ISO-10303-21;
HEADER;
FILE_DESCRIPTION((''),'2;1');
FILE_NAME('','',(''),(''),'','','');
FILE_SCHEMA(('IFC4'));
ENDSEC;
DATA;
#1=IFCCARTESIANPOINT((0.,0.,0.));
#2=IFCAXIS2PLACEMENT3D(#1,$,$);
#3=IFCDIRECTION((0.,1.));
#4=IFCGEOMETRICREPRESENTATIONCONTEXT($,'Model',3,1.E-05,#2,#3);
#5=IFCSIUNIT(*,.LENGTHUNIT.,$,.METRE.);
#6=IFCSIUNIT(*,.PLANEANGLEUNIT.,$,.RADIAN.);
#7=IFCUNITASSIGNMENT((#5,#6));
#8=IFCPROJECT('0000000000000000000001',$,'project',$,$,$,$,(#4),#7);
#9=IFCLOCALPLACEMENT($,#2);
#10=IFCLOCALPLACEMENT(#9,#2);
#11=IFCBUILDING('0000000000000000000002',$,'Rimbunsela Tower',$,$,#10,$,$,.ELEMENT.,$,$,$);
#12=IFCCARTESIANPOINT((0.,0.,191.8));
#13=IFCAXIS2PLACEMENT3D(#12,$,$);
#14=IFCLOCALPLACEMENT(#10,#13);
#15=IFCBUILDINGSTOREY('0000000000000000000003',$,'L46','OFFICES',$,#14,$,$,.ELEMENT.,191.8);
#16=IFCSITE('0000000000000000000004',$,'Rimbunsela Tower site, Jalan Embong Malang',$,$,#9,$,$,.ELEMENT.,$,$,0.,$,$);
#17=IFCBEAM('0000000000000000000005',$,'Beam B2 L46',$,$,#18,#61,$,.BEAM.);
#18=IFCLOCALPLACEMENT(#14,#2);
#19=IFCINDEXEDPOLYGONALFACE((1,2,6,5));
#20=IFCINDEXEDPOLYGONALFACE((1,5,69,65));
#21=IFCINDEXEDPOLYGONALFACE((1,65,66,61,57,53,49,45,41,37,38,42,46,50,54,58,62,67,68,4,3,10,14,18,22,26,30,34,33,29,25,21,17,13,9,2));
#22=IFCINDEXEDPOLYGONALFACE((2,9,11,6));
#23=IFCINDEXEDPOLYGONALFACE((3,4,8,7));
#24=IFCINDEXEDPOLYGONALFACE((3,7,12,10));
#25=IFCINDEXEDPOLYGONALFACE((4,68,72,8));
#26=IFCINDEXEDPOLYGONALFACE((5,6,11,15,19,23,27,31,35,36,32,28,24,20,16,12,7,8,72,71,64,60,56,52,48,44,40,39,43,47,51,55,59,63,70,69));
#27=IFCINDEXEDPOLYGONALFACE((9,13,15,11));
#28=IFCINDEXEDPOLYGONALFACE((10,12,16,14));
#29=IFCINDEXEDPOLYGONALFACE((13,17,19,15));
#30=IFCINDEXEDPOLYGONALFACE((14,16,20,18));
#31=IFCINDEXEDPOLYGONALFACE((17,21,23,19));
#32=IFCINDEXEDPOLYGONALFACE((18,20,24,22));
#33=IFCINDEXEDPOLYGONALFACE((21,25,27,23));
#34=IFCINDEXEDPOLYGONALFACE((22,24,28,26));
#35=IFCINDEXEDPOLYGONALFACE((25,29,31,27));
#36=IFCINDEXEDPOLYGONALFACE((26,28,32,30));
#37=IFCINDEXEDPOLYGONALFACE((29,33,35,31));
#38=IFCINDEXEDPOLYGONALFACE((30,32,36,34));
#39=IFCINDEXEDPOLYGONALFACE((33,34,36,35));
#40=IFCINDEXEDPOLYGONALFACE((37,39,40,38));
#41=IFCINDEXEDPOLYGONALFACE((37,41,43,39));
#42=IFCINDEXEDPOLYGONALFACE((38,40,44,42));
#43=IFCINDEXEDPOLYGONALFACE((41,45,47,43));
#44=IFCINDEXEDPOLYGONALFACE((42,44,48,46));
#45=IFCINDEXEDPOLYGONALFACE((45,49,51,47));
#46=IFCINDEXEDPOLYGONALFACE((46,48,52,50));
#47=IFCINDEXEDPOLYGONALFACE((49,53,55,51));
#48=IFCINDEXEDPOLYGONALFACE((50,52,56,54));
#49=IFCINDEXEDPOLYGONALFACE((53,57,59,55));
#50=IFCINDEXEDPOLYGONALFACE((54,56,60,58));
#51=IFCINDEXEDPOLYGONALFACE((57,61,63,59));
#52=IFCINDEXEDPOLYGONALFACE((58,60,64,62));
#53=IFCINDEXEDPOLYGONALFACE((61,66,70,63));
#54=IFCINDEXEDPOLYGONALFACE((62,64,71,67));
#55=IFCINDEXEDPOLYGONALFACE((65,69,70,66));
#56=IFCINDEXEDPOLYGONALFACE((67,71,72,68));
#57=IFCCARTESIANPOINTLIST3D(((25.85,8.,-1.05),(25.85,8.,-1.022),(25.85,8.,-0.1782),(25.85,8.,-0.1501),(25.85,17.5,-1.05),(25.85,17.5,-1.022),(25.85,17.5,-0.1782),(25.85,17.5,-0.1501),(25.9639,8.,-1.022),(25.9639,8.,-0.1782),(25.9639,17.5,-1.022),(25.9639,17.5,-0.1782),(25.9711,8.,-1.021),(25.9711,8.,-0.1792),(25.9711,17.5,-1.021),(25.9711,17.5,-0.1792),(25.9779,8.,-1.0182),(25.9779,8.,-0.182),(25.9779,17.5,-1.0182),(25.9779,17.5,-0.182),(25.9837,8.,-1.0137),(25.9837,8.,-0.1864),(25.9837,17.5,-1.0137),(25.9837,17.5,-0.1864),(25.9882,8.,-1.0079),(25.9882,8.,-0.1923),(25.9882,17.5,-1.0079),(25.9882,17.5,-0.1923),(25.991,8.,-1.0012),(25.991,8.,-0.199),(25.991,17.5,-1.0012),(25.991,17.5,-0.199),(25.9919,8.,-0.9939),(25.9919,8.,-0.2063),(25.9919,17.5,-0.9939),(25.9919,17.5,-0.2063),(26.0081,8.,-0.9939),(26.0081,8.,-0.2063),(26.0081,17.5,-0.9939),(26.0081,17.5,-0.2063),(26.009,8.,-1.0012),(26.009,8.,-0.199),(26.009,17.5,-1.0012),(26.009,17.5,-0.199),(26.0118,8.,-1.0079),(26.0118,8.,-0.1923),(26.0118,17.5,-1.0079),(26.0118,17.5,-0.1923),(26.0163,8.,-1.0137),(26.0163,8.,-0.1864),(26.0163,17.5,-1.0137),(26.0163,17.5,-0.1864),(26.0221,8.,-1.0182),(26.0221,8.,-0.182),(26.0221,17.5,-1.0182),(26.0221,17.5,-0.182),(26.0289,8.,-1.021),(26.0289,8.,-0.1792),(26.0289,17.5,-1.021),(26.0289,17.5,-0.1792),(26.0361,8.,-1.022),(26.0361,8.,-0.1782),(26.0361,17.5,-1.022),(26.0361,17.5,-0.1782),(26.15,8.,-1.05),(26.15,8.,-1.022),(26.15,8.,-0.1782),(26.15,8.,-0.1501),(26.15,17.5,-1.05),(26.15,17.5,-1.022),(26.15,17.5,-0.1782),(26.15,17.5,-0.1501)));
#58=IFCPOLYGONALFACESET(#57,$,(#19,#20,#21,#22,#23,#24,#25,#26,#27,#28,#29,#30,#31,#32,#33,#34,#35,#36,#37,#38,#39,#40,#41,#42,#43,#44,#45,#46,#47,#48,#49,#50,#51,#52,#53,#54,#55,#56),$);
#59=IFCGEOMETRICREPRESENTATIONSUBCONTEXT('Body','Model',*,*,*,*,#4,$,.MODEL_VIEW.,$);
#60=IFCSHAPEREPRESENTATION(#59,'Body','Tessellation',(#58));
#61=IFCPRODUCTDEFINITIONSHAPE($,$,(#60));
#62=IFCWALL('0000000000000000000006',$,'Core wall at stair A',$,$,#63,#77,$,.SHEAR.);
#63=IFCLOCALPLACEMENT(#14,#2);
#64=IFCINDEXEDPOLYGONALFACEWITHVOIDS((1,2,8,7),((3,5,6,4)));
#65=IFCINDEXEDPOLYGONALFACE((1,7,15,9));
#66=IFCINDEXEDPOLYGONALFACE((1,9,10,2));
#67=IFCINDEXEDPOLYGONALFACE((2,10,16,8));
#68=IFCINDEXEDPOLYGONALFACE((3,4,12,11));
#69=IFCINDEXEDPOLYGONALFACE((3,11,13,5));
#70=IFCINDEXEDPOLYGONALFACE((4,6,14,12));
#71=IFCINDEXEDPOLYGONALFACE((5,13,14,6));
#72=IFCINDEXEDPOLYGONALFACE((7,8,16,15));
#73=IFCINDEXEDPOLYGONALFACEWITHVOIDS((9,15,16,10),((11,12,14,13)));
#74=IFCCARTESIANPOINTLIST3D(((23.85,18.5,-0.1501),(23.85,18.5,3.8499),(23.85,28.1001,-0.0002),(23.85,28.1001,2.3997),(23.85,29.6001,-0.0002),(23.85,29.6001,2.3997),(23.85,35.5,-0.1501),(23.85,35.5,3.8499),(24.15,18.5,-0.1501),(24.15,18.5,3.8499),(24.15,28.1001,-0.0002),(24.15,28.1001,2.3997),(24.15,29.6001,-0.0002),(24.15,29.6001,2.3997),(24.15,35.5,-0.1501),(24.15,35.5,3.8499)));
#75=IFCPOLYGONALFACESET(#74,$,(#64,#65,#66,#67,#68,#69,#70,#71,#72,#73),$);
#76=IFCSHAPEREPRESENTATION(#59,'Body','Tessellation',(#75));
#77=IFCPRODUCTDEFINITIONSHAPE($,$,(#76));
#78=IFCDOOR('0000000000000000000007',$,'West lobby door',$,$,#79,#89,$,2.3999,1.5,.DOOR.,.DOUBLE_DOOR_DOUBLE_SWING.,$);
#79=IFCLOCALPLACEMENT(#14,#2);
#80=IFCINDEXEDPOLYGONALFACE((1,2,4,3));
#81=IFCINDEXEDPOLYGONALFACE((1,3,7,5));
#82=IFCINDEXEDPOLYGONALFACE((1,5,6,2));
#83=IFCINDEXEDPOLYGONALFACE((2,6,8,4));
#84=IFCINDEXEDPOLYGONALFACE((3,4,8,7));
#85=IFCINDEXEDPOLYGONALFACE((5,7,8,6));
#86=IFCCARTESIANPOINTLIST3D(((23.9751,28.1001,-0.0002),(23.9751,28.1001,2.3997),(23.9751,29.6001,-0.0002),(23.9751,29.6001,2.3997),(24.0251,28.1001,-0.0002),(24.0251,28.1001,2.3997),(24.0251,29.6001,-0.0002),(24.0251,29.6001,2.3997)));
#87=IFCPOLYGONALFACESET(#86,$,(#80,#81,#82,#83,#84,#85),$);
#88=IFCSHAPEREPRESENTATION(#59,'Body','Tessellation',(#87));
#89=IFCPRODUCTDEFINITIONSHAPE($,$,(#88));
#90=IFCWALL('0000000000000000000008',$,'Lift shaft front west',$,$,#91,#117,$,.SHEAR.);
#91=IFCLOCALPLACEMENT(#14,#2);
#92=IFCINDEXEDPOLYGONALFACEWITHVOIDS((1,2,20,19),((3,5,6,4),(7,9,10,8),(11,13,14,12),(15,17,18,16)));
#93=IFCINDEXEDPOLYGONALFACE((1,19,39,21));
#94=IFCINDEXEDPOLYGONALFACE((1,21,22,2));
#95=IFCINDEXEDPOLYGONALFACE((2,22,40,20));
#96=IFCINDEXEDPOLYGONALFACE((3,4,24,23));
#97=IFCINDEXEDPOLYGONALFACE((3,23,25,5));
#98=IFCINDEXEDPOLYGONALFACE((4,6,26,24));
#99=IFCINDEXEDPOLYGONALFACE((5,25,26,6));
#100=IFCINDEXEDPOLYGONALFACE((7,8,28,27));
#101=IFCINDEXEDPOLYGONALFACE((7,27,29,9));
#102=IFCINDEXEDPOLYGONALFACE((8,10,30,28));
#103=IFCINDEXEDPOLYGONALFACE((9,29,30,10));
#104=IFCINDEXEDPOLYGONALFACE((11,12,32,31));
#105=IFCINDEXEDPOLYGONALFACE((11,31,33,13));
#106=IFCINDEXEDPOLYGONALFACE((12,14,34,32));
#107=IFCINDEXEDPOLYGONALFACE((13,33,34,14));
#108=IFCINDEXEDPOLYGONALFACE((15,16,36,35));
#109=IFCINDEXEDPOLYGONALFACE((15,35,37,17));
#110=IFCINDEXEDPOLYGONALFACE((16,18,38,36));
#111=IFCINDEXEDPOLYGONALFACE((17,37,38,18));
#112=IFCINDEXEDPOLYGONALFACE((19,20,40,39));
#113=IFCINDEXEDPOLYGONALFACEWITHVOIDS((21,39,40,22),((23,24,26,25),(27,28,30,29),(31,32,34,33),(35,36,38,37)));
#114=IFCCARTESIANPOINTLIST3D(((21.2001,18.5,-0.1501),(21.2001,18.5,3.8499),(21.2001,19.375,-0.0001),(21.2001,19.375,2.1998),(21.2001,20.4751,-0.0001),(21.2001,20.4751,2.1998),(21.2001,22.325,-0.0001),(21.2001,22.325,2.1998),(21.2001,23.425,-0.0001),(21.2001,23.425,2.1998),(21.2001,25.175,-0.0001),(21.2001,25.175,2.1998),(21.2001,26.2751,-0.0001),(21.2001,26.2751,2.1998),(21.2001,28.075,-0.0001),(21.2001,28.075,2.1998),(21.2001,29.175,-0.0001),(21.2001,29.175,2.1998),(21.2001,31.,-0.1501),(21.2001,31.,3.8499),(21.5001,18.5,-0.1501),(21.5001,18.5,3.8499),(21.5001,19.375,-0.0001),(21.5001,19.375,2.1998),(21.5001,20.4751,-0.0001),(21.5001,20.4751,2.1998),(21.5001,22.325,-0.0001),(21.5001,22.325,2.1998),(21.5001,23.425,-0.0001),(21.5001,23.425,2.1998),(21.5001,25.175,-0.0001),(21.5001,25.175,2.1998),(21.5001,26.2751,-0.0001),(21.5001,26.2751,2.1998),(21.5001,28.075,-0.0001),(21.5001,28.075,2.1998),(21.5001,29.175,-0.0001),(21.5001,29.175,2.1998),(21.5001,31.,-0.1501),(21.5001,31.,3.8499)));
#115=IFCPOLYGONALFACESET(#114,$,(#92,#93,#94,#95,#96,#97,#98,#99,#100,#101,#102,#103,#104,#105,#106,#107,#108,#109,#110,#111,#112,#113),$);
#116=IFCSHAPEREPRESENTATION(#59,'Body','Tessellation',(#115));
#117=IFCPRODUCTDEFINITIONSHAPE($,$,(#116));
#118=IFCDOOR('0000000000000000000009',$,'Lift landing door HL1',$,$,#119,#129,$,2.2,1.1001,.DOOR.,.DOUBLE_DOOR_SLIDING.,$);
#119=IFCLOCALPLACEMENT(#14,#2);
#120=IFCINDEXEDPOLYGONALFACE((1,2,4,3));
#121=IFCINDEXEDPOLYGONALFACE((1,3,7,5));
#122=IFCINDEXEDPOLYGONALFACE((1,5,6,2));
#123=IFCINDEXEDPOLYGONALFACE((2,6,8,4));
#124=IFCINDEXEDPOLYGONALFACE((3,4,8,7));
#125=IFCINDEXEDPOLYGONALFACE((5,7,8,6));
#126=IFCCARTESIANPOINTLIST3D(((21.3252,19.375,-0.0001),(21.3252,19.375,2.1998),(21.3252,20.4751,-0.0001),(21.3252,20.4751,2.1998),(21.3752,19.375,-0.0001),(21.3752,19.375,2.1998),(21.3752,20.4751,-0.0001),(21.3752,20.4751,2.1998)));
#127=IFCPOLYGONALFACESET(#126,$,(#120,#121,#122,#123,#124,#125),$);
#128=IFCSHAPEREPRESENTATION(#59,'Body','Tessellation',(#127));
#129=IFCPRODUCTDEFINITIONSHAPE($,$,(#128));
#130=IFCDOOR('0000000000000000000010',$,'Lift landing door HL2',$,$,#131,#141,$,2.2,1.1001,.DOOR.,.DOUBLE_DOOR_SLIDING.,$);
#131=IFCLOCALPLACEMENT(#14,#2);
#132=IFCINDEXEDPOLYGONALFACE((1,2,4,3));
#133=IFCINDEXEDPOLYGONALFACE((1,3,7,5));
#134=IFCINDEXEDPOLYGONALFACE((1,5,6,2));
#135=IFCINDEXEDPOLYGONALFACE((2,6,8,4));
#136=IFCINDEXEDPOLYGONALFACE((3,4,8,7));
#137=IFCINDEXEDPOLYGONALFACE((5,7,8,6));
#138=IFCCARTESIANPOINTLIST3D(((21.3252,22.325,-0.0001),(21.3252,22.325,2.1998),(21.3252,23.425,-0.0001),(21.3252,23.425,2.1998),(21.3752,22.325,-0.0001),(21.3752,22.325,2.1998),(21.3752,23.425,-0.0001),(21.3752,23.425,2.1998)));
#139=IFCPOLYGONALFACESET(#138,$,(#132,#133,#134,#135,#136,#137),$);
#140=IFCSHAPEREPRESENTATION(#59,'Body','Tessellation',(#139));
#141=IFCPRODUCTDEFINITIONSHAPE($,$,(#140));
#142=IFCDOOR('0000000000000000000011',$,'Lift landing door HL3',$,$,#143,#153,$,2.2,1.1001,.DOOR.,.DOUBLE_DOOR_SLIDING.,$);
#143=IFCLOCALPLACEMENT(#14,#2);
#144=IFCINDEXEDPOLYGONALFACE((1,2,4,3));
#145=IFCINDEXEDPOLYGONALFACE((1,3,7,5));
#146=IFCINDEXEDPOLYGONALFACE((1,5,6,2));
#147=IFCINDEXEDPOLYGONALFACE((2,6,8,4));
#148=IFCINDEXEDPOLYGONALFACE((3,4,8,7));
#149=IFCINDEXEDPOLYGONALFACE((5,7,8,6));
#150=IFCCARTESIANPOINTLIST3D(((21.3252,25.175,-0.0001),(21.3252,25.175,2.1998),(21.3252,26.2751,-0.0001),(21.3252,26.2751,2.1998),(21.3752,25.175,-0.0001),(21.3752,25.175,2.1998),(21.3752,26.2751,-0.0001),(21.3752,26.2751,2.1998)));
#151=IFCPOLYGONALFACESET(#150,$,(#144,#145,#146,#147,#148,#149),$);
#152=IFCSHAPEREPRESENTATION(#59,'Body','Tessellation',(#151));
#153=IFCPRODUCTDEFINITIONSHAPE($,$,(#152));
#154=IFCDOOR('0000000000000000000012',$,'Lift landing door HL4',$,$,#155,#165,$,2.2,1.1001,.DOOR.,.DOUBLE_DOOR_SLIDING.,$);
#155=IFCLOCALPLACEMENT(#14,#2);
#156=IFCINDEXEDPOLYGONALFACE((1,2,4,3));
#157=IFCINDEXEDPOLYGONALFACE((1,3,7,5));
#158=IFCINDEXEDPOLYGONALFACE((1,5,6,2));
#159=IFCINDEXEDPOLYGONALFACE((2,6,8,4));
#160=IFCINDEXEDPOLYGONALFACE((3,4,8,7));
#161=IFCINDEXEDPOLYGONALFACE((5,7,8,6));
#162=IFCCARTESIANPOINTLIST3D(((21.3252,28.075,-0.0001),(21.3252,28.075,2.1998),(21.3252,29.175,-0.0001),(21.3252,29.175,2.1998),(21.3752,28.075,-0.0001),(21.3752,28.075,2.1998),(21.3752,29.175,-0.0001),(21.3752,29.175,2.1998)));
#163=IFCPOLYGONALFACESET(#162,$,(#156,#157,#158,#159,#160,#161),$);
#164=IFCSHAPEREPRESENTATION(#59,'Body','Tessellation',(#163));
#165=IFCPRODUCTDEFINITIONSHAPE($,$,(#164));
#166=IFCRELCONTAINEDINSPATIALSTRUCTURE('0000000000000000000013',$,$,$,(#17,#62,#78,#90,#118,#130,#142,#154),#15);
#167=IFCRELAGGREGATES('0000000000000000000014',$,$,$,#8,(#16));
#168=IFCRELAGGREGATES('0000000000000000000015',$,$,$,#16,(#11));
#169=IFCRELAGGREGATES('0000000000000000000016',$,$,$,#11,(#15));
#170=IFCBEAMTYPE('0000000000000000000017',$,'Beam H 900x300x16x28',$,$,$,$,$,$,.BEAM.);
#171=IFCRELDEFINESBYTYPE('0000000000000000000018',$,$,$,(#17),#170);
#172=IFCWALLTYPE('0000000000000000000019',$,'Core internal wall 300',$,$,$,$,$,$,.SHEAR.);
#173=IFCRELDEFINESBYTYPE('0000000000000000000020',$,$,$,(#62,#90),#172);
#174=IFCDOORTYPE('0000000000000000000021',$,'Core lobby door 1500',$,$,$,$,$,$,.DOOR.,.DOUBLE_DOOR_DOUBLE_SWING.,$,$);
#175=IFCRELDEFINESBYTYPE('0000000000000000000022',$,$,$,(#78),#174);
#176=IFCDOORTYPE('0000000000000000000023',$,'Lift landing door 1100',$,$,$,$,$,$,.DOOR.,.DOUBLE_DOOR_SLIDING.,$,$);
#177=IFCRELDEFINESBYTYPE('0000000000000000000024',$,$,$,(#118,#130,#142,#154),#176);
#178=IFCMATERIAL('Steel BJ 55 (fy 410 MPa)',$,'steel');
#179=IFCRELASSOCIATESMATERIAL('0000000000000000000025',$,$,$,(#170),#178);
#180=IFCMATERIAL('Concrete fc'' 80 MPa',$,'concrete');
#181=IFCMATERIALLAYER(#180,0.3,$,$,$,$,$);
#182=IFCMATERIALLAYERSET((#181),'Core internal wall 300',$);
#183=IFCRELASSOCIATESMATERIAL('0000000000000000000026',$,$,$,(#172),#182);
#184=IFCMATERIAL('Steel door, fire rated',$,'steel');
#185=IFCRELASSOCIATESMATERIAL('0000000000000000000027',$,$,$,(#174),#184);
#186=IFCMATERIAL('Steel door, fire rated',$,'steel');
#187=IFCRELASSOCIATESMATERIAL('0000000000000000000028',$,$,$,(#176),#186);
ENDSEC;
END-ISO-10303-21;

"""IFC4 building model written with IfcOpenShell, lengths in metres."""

from ifc_helpers import new_model, si_unit, direction, frame, frame_2d, origin, origin_2d, place, context, subcontext, project, spatial, rectangle, i_section, extrude, material, layer, layer_set, material_profile, profile_set, type_object, element, fill, save


model = new_model("IFC4")

# Units and contexts
model_context = context("Model", 3, precision=1e-05, world=origin(), true_north=direction((0.0, 1.0)))
body_context = subcontext(model_context, "Body", "Model", "MODEL_VIEW")
ifc_project = project(units=[si_unit("LENGTHUNIT", "METRE"), si_unit("PLANEANGLEUNIT", "RADIAN")], contexts=[model_context])

# Site, building, storey
site_placement = place(None, origin())
site = spatial("IfcSite", under=ifc_project, at=site_placement, Name="Rimbunsela Tower site, Jalan Embong Malang", CompositionType="ELEMENT", RefElevation=0.0)
building_placement = place(site_placement, origin())
building = spatial("IfcBuilding", under=site, at=building_placement, Name="Rimbunsela Tower", CompositionType="ELEMENT")
storey_placement = place(building_placement, frame((0.0, 0.0, 191.8)))
storey = spatial("IfcBuildingStorey", under=building, at=storey_placement, Name="L46", Description="OFFICES", CompositionType="ELEMENT", Elevation=191.8)

# Beam
ifc_material_1 = material(Name="Steel BJ 55 (fy 410 MPa)", Category="steel")
ifc_material_profile_1 = material_profile(ifc_material_1, i_section(OverallWidth=0.3, OverallDepth=0.8999, WebThickness=0.0161, FlangeThickness=0.0281, FilletRadius=0.0281, at=origin_2d()), Name="H 900x300x16x28")
ifc_profile_set_1 = profile_set([ifc_material_profile_1], Name="Steel BJ 55 (fy 410 MPa)")
beam_type_1 = type_object("IfcBeamType", Name="Beam H 900x300x16x28", PredefinedType="BEAM", material=ifc_profile_set_1)
for number, where, z_axis, x_axis, name in (
    (1, (26.0, 8.0, -0.6001), (0.0, 1.0, 0.0), (-1.0, 0.0, 0.0), "Beam B2 L46"),
):
    element("IfcBeam", number, at=place(storey_placement, frame(where, z_axis=z_axis, x_axis=x_axis)), inside=storey, type_object=beam_type_1, Name=name, PredefinedType="BEAM", context=body_context, shape_type="SweptSolid", body=[
        extrude(i_section(OverallWidth=0.3, OverallDepth=0.8999, WebThickness=0.0161, FlangeThickness=0.0281, FilletRadius=0.0281, at=origin_2d()), origin(), (0.0, 0.0, 1.0), 9.5),
    ])

# Wall, opening, door
ifc_material_2 = material(Name="Concrete fc' 80 MPa", Category="concrete")
ifc_layer_1 = layer(ifc_material_2, 0.3)
ifc_layer_set_1 = layer_set([ifc_layer_1], Name="Core internal wall 300")
wall_type_1 = type_object("IfcWallType", Name="Core internal wall 300", PredefinedType="SHEAR", material=ifc_layer_set_1)
wall_1_placement = place(storey_placement, frame((24.0, 18.5, -0.1501), z_axis=(0.0, 0.0, 1.0), x_axis=(0.0, 1.0, 0.0)))
wall_1 = element("IfcWall", 2, at=wall_1_placement, inside=storey, type_object=wall_type_1, Name="Core wall at stair A", PredefinedType="SHEAR", context=body_context, shape_type="SweptSolid", body=[
    extrude(rectangle(XDim=17.0, YDim=0.3, at=frame_2d((8.5, 0.0))), origin(), (0.0, 0.0, 1.0), 4.0),
])
opening_1_placement = place(wall_1_placement, frame((9.6001, 0.0, 0.1499)))
opening_1 = element("IfcOpeningElement", 3, at=opening_1_placement, cuts=wall_1, PredefinedType="OPENING", context=body_context, shape_type="SweptSolid", body=[
    extrude(rectangle(XDim=1.5, YDim=2.3999, at=frame_2d((0.75, 1.2))), frame((0.0, 0.1599, 0.0), z_axis=(0.0, -1.0, 0.0), x_axis=(1.0, 0.0, 0.0)), (0.0, 0.0, 1.0), 0.3201),
])
ifc_material_3 = material(Name="Steel door, fire rated", Category="steel")
door_type_1 = type_object("IfcDoorType", Name="Core lobby door 1500", OperationType="DOUBLE_DOOR_DOUBLE_SWING", PredefinedType="DOOR", material=ifc_material_3)
door_1_placement = place(opening_1_placement, origin())
door_1 = element("IfcDoor", 4, at=door_1_placement, inside=storey, type_object=door_type_1, Name="West lobby door", OperationType="DOUBLE_DOOR_DOUBLE_SWING", OverallHeight=2.3999, OverallWidth=1.5, PredefinedType="DOOR", context=body_context, shape_type="SweptSolid", body=[
    extrude(rectangle(XDim=1.5, YDim=2.3999, at=frame_2d((0.75, 1.2))), frame((0.0, 0.0249, 0.0), z_axis=(0.0, -1.0, 0.0), x_axis=(1.0, 0.0, 0.0)), (0.0, 0.0, 1.0), 0.05),
])
fill(opening_1, door_1)

# Wall, openings, doors
wall_2_placement = place(storey_placement, frame((21.3501, 18.5, -0.1501), z_axis=(0.0, 0.0, 1.0), x_axis=(0.0, 1.0, 0.0)))
wall_2 = element("IfcWall", 5, at=wall_2_placement, inside=storey, type_object=wall_type_1, Name="Lift shaft front west", PredefinedType="SHEAR", context=body_context, shape_type="SweptSolid", body=[
    extrude(rectangle(XDim=12.5, YDim=0.3, at=frame_2d((6.25, 0.0))), origin(), (0.0, 0.0, 1.0), 4.0),
])
opening_2_placement = place(wall_2_placement, frame((0.875, 0.0, 0.1499)))
opening_2 = element("IfcOpeningElement", 6, at=opening_2_placement, cuts=wall_2, PredefinedType="OPENING", context=body_context, shape_type="SweptSolid", body=[
    extrude(rectangle(XDim=1.1001, YDim=2.2, at=frame_2d((0.55, 1.1001))), frame((0.0, 0.1599, 0.0), z_axis=(0.0, -1.0, 0.0), x_axis=(1.0, 0.0, 0.0)), (0.0, 0.0, 1.0), 0.3201),
])
opening_3_placement = place(wall_2_placement, frame((3.825, 0.0, 0.1499)))
opening_3 = element("IfcOpeningElement", 7, at=opening_3_placement, cuts=wall_2, PredefinedType="OPENING", context=body_context, shape_type="SweptSolid", body=[
    extrude(rectangle(XDim=1.1001, YDim=2.2, at=frame_2d((0.55, 1.1001))), frame((0.0, 0.1599, 0.0), z_axis=(0.0, -1.0, 0.0), x_axis=(1.0, 0.0, 0.0)), (0.0, 0.0, 1.0), 0.3201),
])
opening_4_placement = place(wall_2_placement, frame((6.675, 0.0, 0.1499)))
opening_4 = element("IfcOpeningElement", 8, at=opening_4_placement, cuts=wall_2, PredefinedType="OPENING", context=body_context, shape_type="SweptSolid", body=[
    extrude(rectangle(XDim=1.1001, YDim=2.2, at=frame_2d((0.55, 1.1001))), frame((0.0, 0.1599, 0.0), z_axis=(0.0, -1.0, 0.0), x_axis=(1.0, 0.0, 0.0)), (0.0, 0.0, 1.0), 0.3201),
])
opening_5_placement = place(wall_2_placement, frame((9.575, 0.0, 0.1499)))
opening_5 = element("IfcOpeningElement", 9, at=opening_5_placement, cuts=wall_2, PredefinedType="OPENING", context=body_context, shape_type="SweptSolid", body=[
    extrude(rectangle(XDim=1.1001, YDim=2.2, at=frame_2d((0.55, 1.1001))), frame((0.0, 0.1599, 0.0), z_axis=(0.0, -1.0, 0.0), x_axis=(1.0, 0.0, 0.0)), (0.0, 0.0, 1.0), 0.3201),
])
ifc_material_4 = material(Name="Steel door, fire rated", Category="steel")
door_type_2 = type_object("IfcDoorType", Name="Lift landing door 1100", OperationType="DOUBLE_DOOR_SLIDING", PredefinedType="DOOR", material=ifc_material_4)
door_2_placement = place(opening_2_placement, origin())
door_2 = element("IfcDoor", 10, at=door_2_placement, inside=storey, type_object=door_type_2, Name="Lift landing door HL1", OperationType="DOUBLE_DOOR_SLIDING", OverallHeight=2.2, OverallWidth=1.1001, PredefinedType="DOOR", context=body_context, shape_type="SweptSolid", body=[
    extrude(rectangle(XDim=1.1001, YDim=2.2, at=frame_2d((0.55, 1.1001))), frame((0.0, 0.0249, 0.0), z_axis=(0.0, -1.0, 0.0), x_axis=(1.0, 0.0, 0.0)), (0.0, 0.0, 1.0), 0.05),
])
fill(opening_2, door_2)
door_3_placement = place(opening_3_placement, origin())
door_3 = element("IfcDoor", 11, at=door_3_placement, inside=storey, type_object=door_type_2, Name="Lift landing door HL2", OperationType="DOUBLE_DOOR_SLIDING", OverallHeight=2.2, OverallWidth=1.1001, PredefinedType="DOOR", context=body_context, shape_type="SweptSolid", body=[
    extrude(rectangle(XDim=1.1001, YDim=2.2, at=frame_2d((0.55, 1.1001))), frame((0.0, 0.0249, 0.0), z_axis=(0.0, -1.0, 0.0), x_axis=(1.0, 0.0, 0.0)), (0.0, 0.0, 1.0), 0.05),
])
fill(opening_3, door_3)
door_4_placement = place(opening_4_placement, origin())
door_4 = element("IfcDoor", 12, at=door_4_placement, inside=storey, type_object=door_type_2, Name="Lift landing door HL3", OperationType="DOUBLE_DOOR_SLIDING", OverallHeight=2.2, OverallWidth=1.1001, PredefinedType="DOOR", context=body_context, shape_type="SweptSolid", body=[
    extrude(rectangle(XDim=1.1001, YDim=2.2, at=frame_2d((0.55, 1.1001))), frame((0.0, 0.0249, 0.0), z_axis=(0.0, -1.0, 0.0), x_axis=(1.0, 0.0, 0.0)), (0.0, 0.0, 1.0), 0.05),
])
fill(opening_4, door_4)
door_5_placement = place(opening_5_placement, origin())
door_5 = element("IfcDoor", 13, at=door_5_placement, inside=storey, type_object=door_type_2, Name="Lift landing door HL4", OperationType="DOUBLE_DOOR_SLIDING", OverallHeight=2.2, OverallWidth=1.1001, PredefinedType="DOOR", context=body_context, shape_type="SweptSolid", body=[
    extrude(rectangle(XDim=1.1001, YDim=2.2, at=frame_2d((0.55, 1.1001))), frame((0.0, 0.0249, 0.0), z_axis=(0.0, -1.0, 0.0), x_axis=(1.0, 0.0, 0.0)), (0.0, 0.0, 1.0), 0.05),
])
fill(opening_5, door_5)

save(model, "model.ifc")
